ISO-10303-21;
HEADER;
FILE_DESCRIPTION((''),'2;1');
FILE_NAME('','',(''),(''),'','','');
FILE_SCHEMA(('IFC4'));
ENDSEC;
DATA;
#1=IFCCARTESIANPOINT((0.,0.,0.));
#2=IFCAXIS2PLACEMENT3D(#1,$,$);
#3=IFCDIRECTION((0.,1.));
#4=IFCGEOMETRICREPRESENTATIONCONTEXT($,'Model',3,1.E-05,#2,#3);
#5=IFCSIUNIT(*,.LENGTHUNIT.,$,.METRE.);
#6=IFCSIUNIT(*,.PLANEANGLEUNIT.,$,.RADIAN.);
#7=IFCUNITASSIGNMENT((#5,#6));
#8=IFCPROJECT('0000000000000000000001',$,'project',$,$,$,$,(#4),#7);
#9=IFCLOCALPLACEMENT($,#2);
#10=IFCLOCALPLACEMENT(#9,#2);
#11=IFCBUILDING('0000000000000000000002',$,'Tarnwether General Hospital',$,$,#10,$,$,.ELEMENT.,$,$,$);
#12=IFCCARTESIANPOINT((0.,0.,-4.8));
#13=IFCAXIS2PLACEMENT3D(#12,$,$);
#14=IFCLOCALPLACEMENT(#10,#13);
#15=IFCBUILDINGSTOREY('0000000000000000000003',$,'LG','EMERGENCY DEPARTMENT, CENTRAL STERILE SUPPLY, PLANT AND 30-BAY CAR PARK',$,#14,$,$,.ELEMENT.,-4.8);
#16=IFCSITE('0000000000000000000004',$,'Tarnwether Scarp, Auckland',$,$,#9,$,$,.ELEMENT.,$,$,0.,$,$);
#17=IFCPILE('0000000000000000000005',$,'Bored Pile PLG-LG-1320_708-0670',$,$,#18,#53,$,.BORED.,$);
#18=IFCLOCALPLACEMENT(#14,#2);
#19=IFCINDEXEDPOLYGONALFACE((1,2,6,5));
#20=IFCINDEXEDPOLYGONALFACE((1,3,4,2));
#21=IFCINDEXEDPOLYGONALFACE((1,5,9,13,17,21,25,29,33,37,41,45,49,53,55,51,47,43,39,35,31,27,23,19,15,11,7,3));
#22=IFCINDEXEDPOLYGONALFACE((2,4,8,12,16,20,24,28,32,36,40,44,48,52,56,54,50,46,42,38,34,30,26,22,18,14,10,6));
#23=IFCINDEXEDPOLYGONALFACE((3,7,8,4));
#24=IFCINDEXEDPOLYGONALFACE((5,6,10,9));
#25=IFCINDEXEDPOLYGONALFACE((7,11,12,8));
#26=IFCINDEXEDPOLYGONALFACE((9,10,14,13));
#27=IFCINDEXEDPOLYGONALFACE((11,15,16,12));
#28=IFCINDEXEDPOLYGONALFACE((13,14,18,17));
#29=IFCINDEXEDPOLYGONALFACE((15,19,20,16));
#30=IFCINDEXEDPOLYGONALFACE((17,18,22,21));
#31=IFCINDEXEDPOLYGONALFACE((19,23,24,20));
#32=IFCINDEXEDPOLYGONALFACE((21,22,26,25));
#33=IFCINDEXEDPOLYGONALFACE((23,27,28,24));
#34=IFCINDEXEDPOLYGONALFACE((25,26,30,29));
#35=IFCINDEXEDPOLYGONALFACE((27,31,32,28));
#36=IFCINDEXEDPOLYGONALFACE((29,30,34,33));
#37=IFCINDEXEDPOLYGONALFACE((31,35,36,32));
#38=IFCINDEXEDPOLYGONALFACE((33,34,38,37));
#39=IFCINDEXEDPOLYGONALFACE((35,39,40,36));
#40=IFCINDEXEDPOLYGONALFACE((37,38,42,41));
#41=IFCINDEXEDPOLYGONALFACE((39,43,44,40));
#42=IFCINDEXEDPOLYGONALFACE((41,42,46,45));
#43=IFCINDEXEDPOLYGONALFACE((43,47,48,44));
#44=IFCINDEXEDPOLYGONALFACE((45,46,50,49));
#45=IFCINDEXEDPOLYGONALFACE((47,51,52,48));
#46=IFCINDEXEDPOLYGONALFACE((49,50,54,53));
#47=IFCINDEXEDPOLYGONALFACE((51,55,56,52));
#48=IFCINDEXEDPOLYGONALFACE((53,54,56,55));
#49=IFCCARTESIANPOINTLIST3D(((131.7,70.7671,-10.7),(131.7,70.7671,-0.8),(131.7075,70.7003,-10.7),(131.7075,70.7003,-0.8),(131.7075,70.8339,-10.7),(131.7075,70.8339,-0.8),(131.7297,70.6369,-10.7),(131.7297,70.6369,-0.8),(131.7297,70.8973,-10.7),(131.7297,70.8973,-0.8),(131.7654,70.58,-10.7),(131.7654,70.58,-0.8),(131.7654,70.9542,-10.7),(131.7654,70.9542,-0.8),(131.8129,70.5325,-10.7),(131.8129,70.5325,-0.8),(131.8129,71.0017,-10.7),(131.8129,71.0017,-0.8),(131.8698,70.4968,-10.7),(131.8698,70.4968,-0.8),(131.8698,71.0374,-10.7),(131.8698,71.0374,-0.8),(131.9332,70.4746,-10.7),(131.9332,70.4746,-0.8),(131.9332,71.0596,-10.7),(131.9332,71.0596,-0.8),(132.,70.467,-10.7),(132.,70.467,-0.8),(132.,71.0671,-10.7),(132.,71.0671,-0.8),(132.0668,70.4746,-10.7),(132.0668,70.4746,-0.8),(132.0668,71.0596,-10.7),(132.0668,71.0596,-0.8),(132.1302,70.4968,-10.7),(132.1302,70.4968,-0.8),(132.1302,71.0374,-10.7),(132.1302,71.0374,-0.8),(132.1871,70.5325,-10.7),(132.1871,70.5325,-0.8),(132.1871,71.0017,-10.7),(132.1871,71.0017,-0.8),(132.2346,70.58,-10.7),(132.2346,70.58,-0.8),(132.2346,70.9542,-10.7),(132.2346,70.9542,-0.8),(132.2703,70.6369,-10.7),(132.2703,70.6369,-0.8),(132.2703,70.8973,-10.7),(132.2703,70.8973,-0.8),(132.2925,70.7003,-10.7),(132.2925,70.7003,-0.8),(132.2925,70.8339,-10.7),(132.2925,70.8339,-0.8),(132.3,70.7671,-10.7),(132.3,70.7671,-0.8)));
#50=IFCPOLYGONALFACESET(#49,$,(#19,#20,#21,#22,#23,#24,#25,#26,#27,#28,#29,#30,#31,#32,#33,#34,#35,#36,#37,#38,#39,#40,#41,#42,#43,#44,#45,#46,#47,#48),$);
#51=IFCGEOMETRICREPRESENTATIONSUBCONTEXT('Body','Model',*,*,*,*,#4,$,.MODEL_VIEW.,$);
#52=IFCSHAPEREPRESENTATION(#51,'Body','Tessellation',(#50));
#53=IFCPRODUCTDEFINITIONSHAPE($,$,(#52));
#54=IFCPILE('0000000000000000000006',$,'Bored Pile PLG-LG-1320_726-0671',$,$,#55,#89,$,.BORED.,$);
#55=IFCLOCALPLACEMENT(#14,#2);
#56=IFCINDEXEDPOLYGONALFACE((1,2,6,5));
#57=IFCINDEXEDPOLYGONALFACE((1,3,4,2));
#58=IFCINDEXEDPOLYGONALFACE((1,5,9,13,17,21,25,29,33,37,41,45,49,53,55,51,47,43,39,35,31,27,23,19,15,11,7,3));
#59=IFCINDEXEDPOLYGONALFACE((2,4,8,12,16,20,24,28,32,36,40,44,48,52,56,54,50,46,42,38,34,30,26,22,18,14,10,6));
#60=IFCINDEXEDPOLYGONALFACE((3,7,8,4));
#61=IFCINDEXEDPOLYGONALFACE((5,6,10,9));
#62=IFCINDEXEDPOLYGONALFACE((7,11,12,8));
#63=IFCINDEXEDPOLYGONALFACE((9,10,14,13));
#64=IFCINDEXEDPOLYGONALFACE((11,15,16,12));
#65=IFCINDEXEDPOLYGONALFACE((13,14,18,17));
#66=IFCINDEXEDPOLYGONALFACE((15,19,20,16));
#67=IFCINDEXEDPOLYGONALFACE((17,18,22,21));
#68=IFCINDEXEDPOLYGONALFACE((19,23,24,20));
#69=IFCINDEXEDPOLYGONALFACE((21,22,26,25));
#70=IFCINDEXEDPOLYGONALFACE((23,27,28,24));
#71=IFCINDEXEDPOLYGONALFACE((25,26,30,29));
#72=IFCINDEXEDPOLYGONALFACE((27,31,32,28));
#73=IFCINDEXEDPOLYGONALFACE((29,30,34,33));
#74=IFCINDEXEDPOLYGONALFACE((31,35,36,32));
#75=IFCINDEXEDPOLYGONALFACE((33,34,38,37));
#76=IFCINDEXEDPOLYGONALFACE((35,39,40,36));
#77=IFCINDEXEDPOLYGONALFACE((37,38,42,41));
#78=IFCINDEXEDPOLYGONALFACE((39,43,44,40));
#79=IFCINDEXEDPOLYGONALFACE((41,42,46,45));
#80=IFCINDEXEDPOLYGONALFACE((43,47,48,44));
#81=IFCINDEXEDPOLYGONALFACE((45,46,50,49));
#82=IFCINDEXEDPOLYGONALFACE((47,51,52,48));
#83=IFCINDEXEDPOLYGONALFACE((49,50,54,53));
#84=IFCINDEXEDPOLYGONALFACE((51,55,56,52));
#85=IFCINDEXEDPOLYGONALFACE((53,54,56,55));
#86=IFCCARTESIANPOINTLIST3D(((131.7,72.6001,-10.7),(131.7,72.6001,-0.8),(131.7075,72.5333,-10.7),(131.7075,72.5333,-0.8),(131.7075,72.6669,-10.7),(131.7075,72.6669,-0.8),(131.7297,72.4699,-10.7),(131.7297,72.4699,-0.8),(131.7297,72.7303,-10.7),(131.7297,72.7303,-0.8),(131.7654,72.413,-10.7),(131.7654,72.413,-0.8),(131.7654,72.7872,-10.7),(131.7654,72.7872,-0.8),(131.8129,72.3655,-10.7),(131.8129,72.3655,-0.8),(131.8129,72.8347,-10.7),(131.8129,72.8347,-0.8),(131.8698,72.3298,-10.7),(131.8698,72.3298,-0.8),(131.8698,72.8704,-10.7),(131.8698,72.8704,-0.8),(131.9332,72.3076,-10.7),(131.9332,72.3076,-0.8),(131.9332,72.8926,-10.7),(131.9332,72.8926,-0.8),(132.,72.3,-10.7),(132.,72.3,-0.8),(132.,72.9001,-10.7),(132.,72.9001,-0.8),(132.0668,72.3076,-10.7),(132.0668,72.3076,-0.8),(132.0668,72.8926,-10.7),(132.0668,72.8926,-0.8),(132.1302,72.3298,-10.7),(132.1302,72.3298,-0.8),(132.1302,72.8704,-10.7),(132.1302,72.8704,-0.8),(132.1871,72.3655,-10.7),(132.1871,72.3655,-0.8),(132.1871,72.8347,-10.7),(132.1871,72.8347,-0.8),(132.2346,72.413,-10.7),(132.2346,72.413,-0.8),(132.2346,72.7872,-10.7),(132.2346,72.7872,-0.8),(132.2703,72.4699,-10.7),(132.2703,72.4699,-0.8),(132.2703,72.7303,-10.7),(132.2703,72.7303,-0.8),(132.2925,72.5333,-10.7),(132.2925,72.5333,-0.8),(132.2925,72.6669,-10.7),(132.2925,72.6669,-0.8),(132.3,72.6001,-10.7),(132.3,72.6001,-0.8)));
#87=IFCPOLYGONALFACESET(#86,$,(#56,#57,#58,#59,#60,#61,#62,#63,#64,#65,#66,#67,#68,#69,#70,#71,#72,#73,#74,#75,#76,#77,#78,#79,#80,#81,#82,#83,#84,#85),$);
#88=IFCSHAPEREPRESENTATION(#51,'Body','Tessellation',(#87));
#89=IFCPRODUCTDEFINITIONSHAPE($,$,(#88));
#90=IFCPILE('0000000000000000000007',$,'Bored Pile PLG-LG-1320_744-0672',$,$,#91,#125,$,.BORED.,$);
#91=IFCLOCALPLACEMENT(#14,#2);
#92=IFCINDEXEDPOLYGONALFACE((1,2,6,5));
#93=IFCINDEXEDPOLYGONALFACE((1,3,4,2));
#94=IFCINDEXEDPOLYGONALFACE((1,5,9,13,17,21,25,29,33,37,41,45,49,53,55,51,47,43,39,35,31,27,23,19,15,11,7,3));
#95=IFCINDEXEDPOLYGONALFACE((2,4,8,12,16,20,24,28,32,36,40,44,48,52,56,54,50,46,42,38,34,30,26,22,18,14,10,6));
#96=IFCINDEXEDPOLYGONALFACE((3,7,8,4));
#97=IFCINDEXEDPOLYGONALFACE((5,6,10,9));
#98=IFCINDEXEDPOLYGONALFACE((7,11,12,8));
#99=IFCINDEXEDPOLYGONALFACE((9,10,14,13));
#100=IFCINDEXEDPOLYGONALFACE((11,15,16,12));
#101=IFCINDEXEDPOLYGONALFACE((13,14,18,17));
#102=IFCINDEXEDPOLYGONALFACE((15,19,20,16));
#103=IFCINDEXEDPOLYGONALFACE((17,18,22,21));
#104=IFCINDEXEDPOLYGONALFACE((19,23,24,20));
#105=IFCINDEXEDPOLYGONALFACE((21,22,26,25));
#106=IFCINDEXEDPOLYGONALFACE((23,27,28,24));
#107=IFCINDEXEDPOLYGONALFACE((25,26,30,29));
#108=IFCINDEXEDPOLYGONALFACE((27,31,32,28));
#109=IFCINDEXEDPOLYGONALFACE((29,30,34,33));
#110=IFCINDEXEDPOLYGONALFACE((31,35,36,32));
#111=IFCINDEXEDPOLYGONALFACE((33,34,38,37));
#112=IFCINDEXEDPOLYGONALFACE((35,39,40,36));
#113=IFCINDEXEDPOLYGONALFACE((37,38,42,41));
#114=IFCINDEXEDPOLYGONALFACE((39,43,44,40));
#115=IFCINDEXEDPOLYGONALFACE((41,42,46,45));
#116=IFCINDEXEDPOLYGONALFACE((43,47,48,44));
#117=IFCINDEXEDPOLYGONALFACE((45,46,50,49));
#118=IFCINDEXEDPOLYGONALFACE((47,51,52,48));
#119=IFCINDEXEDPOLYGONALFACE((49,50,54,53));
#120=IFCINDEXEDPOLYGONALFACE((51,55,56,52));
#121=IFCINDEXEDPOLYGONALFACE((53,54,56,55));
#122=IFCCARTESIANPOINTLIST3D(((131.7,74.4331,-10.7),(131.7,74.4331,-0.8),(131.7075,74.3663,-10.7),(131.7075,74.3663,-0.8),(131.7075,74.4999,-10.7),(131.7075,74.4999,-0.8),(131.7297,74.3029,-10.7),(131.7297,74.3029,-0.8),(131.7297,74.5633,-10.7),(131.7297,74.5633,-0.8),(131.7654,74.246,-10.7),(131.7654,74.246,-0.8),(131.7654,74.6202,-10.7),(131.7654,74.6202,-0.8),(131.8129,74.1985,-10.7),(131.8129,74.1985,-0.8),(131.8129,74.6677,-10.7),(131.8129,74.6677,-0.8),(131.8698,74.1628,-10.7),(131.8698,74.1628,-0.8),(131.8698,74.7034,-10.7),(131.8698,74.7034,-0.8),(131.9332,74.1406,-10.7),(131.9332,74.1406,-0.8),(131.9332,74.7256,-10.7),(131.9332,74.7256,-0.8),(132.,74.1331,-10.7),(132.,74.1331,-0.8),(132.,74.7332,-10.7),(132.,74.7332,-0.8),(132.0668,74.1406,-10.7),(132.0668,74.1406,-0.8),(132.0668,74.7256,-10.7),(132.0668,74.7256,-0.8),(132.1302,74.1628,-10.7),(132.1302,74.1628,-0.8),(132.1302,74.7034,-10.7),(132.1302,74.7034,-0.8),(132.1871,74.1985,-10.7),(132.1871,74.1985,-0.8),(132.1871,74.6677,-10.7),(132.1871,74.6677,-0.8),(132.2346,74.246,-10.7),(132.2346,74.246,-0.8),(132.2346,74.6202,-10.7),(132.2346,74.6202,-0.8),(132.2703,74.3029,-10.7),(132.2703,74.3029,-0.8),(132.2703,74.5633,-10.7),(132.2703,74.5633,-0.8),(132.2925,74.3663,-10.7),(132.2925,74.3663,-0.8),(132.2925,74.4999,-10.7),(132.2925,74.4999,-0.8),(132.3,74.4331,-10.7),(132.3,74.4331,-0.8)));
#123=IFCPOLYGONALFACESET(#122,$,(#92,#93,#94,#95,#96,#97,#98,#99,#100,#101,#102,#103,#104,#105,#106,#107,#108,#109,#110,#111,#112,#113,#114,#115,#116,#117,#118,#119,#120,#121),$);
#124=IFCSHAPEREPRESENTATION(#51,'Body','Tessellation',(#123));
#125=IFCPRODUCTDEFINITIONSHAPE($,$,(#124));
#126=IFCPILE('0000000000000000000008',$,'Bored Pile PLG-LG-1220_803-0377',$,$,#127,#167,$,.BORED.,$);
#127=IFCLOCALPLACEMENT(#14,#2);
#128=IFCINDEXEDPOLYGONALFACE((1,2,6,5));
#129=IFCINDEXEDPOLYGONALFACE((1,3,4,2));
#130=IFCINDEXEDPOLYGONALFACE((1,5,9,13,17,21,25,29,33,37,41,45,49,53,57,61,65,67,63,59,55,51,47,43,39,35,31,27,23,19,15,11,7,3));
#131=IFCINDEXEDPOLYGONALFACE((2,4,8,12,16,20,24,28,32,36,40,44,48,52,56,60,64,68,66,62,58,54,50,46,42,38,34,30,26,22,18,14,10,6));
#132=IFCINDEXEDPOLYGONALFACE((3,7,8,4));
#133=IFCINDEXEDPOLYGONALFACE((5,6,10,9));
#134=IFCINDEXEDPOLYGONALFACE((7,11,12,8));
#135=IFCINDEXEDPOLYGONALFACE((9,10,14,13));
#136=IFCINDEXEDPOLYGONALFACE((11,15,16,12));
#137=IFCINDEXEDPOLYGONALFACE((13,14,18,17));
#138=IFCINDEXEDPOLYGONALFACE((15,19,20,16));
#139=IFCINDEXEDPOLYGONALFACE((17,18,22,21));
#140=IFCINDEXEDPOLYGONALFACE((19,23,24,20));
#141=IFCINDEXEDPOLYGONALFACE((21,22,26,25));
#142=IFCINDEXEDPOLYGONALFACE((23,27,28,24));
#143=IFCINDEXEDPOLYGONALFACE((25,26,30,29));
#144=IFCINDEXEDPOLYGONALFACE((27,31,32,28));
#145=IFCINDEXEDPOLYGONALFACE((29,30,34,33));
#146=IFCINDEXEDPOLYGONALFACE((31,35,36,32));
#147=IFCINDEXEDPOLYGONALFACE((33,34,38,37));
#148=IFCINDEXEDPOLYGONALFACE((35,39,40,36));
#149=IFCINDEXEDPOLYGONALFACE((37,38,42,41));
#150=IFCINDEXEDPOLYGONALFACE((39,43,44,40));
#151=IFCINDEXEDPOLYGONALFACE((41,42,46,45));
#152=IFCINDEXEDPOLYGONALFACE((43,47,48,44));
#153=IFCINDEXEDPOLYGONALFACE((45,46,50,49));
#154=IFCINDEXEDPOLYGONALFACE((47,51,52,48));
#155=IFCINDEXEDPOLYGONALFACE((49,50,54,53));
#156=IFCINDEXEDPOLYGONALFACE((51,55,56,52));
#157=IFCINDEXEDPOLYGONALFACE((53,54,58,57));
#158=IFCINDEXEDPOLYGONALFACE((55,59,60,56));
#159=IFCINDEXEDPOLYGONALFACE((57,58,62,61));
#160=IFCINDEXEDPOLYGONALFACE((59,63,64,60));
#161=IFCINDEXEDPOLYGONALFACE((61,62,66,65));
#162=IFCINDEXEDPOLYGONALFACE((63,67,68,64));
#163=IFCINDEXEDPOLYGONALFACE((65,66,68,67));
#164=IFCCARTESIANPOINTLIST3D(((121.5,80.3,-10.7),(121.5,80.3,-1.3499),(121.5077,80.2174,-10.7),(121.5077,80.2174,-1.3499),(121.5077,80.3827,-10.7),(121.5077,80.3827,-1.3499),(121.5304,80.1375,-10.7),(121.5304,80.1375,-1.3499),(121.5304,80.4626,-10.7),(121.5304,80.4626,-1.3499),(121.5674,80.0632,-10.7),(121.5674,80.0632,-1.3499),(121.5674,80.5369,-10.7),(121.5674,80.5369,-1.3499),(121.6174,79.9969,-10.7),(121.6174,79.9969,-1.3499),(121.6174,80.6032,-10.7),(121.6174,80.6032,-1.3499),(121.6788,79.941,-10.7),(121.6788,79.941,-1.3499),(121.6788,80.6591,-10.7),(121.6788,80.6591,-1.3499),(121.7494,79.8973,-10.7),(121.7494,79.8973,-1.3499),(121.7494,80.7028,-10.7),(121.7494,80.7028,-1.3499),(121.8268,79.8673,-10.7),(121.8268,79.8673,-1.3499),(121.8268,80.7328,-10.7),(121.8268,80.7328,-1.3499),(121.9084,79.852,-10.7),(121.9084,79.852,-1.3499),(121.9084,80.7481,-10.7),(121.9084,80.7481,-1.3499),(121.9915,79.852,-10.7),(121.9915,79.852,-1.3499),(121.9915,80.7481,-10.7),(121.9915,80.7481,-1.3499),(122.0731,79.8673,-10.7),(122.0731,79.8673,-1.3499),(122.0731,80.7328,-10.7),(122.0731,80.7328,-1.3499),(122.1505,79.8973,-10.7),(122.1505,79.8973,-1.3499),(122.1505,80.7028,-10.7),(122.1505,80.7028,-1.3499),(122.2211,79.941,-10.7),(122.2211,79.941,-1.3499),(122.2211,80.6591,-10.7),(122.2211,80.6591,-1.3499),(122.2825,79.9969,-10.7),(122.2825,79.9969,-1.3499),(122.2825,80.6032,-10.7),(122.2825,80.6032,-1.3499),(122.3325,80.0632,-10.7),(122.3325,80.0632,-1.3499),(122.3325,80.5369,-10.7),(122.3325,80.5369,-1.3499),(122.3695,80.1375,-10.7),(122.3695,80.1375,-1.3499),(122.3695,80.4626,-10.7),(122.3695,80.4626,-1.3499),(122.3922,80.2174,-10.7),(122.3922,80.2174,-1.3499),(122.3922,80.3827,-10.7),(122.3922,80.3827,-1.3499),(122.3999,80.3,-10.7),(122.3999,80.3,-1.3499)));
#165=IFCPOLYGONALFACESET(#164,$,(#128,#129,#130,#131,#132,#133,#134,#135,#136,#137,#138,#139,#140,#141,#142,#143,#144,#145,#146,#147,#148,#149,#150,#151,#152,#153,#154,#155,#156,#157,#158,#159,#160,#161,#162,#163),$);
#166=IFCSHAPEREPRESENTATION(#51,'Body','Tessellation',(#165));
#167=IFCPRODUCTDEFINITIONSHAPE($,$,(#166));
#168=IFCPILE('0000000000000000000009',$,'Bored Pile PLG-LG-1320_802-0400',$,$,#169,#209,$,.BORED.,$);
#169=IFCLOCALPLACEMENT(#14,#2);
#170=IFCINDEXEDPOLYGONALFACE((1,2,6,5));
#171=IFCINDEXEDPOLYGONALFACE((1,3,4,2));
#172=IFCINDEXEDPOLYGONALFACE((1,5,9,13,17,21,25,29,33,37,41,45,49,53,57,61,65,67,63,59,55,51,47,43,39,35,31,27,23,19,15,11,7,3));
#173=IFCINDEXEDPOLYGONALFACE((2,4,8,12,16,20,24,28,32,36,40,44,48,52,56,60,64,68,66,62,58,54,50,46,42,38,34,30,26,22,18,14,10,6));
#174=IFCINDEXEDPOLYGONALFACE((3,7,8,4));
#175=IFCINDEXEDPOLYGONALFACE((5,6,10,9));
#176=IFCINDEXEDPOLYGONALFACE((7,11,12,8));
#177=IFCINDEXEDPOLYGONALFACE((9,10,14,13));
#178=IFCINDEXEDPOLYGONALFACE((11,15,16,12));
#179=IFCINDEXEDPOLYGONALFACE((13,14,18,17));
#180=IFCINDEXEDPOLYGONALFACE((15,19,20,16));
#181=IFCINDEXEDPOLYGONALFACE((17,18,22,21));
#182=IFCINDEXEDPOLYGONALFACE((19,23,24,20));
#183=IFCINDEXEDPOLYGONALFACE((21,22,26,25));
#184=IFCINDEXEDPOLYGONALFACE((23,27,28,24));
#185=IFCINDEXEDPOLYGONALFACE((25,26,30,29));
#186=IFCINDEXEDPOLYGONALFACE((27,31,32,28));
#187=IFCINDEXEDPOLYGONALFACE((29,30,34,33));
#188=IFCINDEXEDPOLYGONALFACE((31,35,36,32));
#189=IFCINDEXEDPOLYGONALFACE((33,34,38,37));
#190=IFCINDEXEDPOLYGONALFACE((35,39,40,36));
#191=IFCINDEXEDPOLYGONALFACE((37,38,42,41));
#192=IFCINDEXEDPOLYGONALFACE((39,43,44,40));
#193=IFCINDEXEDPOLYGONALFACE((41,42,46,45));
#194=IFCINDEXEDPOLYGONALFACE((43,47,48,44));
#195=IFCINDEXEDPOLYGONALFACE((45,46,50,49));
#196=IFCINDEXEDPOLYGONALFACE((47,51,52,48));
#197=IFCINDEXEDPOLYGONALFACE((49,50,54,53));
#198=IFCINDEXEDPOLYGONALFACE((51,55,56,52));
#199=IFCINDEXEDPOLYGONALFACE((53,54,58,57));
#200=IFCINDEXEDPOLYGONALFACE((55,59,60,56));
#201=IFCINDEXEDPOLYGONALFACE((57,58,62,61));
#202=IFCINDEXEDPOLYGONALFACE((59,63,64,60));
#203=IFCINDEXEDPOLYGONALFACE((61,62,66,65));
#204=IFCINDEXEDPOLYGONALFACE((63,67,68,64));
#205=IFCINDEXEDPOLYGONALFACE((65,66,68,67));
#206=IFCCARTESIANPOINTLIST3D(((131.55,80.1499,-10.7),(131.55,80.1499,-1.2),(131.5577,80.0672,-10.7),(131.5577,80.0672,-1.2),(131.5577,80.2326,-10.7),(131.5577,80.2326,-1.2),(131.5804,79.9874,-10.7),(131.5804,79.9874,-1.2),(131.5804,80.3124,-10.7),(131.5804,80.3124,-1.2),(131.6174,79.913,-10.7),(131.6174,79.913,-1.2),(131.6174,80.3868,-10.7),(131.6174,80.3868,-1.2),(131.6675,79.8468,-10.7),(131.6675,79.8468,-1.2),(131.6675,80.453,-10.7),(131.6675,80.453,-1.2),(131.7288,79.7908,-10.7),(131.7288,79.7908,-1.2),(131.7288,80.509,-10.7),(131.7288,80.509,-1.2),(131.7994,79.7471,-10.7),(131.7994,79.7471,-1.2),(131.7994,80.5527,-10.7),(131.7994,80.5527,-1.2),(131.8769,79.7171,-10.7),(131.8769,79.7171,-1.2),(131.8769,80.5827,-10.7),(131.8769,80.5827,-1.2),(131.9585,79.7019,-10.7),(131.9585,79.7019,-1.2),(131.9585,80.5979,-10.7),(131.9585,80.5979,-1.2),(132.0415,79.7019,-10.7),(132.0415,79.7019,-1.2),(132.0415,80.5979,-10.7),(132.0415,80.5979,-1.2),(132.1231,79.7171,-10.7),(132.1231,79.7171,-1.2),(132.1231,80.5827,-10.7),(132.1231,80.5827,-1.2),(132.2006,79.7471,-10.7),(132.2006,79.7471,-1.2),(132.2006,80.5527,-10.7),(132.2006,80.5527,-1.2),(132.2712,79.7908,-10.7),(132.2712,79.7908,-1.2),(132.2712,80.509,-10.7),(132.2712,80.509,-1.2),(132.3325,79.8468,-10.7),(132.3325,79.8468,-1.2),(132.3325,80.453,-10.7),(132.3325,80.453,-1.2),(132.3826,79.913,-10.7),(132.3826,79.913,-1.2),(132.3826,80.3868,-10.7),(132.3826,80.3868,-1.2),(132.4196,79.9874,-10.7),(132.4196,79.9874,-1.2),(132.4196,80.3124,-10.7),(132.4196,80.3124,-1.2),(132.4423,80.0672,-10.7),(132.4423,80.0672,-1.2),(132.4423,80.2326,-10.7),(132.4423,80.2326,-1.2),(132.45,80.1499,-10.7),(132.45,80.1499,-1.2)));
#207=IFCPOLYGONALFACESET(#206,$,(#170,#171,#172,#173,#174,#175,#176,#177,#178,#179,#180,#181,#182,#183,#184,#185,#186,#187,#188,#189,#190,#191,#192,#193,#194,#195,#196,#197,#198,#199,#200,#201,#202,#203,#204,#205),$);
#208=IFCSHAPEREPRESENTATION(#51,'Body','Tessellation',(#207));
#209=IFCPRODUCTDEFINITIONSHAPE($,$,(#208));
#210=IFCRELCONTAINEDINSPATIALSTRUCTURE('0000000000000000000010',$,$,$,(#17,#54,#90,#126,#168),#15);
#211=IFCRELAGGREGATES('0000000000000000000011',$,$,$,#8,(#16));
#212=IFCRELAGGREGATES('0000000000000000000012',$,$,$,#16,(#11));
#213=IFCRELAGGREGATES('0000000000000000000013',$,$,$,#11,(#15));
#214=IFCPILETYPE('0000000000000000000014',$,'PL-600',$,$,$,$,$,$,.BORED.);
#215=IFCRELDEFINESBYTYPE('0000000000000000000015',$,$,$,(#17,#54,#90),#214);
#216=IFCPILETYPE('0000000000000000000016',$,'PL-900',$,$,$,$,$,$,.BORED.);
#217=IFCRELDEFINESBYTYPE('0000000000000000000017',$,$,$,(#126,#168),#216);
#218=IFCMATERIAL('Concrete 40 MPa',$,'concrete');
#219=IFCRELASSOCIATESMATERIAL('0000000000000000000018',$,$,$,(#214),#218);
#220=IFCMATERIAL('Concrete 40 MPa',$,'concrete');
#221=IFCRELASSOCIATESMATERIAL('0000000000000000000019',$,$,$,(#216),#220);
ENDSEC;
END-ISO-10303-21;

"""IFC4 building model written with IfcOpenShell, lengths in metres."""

from ifc_helpers import new_model, si_unit, direction, frame, origin, origin_2d, place, context, subcontext, project, spatial, circle, extrude, material, material_profile, profile_set, type_object, element, save


model = new_model("IFC4")

# Units and contexts
model_context = context("Model", 3, precision=1e-05, world=origin(), true_north=direction((0.0, 1.0)))
body_context = subcontext(model_context, "Body", "Model", "MODEL_VIEW")
ifc_project = project(units=[si_unit("LENGTHUNIT", "METRE"), si_unit("PLANEANGLEUNIT", "RADIAN")], contexts=[model_context])

# Site, building, storey
site_placement = place(None, origin())
site = spatial("IfcSite", under=ifc_project, at=site_placement, Name="Tarnwether Scarp, Auckland", CompositionType="ELEMENT", RefElevation=0.0)
building_placement = place(site_placement, origin())
building = spatial("IfcBuilding", under=site, at=building_placement, Name="Tarnwether General Hospital", CompositionType="ELEMENT")
storey_placement = place(building_placement, frame((0.0, 0.0, -4.8)))
storey = spatial("IfcBuildingStorey", under=building, at=storey_placement, Name="LG", Description="EMERGENCY DEPARTMENT, CENTRAL STERILE SUPPLY, PLANT AND 30-BAY CAR PARK", CompositionType="ELEMENT", Elevation=-4.8)

# Piles
ifc_material_1 = material(Name="Concrete 40 MPa", Category="concrete")
ifc_material_profile_1 = material_profile(ifc_material_1, circle(Radius=0.3, at=origin_2d()), Name="PILE-D600")
ifc_profile_set_1 = profile_set([ifc_material_profile_1], Name="Concrete 40 MPa")
pile_type_1 = type_object("IfcPileType", Name="PL-600", PredefinedType="BORED", material=ifc_profile_set_1)
for number, where, z_axis, x_axis, name in (
    (1, (132.0, 70.7671, -0.8), (0.0, 0.0, -1.0), (1.0, 0.0, 0.0), "Bored Pile PLG-LG-1320_708-0670"),
    (2, (132.0, 72.6001, -0.8), (0.0, 0.0, -1.0), (1.0, 0.0, 0.0), "Bored Pile PLG-LG-1320_726-0671"),
    (3, (132.0, 74.4331, -0.8), (0.0, 0.0, -1.0), (1.0, 0.0, 0.0), "Bored Pile PLG-LG-1320_744-0672"),
):
    element("IfcPile", number, at=place(storey_placement, frame(where, z_axis=z_axis, x_axis=x_axis)), inside=storey, type_object=pile_type_1, Name=name, PredefinedType="BORED", context=body_context, shape_type="SweptSolid", body=[
        extrude(circle(Radius=0.3, at=origin_2d()), origin(), (0.0, 0.0, 1.0), 9.8999),
    ])
ifc_material_2 = material(Name="Concrete 40 MPa", Category="concrete")
ifc_material_profile_2 = material_profile(ifc_material_2, circle(Radius=0.45, at=origin_2d()), Name="PILE-D900")
ifc_profile_set_2 = profile_set([ifc_material_profile_2], Name="Concrete 40 MPa")
pile_type_2 = type_object("IfcPileType", Name="PL-900", PredefinedType="BORED", material=ifc_profile_set_2)
pile_1_placement = place(storey_placement, frame((121.95, 80.3, -1.3499), z_axis=(0.0, 0.0, -1.0), x_axis=(1.0, 0.0, 0.0)))
element("IfcPile", 4, at=pile_1_placement, inside=storey, type_object=pile_type_2, Name="Bored Pile PLG-LG-1220_803-0377", PredefinedType="BORED", context=body_context, shape_type="SweptSolid", body=[
    extrude(circle(Radius=0.45, at=origin_2d()), origin(), (0.0, 0.0, 1.0), 9.3501),
])
pile_2_placement = place(storey_placement, frame((132.0, 80.1499, -1.2), z_axis=(0.0, 0.0, -1.0), x_axis=(1.0, 0.0, 0.0)))
element("IfcPile", 5, at=pile_2_placement, inside=storey, type_object=pile_type_2, Name="Bored Pile PLG-LG-1320_802-0400", PredefinedType="BORED", context=body_context, shape_type="SweptSolid", body=[
    extrude(circle(Radius=0.45, at=origin_2d()), origin(), (0.0, 0.0, 1.0), 9.5),
])

save(model, "model.ifc")
